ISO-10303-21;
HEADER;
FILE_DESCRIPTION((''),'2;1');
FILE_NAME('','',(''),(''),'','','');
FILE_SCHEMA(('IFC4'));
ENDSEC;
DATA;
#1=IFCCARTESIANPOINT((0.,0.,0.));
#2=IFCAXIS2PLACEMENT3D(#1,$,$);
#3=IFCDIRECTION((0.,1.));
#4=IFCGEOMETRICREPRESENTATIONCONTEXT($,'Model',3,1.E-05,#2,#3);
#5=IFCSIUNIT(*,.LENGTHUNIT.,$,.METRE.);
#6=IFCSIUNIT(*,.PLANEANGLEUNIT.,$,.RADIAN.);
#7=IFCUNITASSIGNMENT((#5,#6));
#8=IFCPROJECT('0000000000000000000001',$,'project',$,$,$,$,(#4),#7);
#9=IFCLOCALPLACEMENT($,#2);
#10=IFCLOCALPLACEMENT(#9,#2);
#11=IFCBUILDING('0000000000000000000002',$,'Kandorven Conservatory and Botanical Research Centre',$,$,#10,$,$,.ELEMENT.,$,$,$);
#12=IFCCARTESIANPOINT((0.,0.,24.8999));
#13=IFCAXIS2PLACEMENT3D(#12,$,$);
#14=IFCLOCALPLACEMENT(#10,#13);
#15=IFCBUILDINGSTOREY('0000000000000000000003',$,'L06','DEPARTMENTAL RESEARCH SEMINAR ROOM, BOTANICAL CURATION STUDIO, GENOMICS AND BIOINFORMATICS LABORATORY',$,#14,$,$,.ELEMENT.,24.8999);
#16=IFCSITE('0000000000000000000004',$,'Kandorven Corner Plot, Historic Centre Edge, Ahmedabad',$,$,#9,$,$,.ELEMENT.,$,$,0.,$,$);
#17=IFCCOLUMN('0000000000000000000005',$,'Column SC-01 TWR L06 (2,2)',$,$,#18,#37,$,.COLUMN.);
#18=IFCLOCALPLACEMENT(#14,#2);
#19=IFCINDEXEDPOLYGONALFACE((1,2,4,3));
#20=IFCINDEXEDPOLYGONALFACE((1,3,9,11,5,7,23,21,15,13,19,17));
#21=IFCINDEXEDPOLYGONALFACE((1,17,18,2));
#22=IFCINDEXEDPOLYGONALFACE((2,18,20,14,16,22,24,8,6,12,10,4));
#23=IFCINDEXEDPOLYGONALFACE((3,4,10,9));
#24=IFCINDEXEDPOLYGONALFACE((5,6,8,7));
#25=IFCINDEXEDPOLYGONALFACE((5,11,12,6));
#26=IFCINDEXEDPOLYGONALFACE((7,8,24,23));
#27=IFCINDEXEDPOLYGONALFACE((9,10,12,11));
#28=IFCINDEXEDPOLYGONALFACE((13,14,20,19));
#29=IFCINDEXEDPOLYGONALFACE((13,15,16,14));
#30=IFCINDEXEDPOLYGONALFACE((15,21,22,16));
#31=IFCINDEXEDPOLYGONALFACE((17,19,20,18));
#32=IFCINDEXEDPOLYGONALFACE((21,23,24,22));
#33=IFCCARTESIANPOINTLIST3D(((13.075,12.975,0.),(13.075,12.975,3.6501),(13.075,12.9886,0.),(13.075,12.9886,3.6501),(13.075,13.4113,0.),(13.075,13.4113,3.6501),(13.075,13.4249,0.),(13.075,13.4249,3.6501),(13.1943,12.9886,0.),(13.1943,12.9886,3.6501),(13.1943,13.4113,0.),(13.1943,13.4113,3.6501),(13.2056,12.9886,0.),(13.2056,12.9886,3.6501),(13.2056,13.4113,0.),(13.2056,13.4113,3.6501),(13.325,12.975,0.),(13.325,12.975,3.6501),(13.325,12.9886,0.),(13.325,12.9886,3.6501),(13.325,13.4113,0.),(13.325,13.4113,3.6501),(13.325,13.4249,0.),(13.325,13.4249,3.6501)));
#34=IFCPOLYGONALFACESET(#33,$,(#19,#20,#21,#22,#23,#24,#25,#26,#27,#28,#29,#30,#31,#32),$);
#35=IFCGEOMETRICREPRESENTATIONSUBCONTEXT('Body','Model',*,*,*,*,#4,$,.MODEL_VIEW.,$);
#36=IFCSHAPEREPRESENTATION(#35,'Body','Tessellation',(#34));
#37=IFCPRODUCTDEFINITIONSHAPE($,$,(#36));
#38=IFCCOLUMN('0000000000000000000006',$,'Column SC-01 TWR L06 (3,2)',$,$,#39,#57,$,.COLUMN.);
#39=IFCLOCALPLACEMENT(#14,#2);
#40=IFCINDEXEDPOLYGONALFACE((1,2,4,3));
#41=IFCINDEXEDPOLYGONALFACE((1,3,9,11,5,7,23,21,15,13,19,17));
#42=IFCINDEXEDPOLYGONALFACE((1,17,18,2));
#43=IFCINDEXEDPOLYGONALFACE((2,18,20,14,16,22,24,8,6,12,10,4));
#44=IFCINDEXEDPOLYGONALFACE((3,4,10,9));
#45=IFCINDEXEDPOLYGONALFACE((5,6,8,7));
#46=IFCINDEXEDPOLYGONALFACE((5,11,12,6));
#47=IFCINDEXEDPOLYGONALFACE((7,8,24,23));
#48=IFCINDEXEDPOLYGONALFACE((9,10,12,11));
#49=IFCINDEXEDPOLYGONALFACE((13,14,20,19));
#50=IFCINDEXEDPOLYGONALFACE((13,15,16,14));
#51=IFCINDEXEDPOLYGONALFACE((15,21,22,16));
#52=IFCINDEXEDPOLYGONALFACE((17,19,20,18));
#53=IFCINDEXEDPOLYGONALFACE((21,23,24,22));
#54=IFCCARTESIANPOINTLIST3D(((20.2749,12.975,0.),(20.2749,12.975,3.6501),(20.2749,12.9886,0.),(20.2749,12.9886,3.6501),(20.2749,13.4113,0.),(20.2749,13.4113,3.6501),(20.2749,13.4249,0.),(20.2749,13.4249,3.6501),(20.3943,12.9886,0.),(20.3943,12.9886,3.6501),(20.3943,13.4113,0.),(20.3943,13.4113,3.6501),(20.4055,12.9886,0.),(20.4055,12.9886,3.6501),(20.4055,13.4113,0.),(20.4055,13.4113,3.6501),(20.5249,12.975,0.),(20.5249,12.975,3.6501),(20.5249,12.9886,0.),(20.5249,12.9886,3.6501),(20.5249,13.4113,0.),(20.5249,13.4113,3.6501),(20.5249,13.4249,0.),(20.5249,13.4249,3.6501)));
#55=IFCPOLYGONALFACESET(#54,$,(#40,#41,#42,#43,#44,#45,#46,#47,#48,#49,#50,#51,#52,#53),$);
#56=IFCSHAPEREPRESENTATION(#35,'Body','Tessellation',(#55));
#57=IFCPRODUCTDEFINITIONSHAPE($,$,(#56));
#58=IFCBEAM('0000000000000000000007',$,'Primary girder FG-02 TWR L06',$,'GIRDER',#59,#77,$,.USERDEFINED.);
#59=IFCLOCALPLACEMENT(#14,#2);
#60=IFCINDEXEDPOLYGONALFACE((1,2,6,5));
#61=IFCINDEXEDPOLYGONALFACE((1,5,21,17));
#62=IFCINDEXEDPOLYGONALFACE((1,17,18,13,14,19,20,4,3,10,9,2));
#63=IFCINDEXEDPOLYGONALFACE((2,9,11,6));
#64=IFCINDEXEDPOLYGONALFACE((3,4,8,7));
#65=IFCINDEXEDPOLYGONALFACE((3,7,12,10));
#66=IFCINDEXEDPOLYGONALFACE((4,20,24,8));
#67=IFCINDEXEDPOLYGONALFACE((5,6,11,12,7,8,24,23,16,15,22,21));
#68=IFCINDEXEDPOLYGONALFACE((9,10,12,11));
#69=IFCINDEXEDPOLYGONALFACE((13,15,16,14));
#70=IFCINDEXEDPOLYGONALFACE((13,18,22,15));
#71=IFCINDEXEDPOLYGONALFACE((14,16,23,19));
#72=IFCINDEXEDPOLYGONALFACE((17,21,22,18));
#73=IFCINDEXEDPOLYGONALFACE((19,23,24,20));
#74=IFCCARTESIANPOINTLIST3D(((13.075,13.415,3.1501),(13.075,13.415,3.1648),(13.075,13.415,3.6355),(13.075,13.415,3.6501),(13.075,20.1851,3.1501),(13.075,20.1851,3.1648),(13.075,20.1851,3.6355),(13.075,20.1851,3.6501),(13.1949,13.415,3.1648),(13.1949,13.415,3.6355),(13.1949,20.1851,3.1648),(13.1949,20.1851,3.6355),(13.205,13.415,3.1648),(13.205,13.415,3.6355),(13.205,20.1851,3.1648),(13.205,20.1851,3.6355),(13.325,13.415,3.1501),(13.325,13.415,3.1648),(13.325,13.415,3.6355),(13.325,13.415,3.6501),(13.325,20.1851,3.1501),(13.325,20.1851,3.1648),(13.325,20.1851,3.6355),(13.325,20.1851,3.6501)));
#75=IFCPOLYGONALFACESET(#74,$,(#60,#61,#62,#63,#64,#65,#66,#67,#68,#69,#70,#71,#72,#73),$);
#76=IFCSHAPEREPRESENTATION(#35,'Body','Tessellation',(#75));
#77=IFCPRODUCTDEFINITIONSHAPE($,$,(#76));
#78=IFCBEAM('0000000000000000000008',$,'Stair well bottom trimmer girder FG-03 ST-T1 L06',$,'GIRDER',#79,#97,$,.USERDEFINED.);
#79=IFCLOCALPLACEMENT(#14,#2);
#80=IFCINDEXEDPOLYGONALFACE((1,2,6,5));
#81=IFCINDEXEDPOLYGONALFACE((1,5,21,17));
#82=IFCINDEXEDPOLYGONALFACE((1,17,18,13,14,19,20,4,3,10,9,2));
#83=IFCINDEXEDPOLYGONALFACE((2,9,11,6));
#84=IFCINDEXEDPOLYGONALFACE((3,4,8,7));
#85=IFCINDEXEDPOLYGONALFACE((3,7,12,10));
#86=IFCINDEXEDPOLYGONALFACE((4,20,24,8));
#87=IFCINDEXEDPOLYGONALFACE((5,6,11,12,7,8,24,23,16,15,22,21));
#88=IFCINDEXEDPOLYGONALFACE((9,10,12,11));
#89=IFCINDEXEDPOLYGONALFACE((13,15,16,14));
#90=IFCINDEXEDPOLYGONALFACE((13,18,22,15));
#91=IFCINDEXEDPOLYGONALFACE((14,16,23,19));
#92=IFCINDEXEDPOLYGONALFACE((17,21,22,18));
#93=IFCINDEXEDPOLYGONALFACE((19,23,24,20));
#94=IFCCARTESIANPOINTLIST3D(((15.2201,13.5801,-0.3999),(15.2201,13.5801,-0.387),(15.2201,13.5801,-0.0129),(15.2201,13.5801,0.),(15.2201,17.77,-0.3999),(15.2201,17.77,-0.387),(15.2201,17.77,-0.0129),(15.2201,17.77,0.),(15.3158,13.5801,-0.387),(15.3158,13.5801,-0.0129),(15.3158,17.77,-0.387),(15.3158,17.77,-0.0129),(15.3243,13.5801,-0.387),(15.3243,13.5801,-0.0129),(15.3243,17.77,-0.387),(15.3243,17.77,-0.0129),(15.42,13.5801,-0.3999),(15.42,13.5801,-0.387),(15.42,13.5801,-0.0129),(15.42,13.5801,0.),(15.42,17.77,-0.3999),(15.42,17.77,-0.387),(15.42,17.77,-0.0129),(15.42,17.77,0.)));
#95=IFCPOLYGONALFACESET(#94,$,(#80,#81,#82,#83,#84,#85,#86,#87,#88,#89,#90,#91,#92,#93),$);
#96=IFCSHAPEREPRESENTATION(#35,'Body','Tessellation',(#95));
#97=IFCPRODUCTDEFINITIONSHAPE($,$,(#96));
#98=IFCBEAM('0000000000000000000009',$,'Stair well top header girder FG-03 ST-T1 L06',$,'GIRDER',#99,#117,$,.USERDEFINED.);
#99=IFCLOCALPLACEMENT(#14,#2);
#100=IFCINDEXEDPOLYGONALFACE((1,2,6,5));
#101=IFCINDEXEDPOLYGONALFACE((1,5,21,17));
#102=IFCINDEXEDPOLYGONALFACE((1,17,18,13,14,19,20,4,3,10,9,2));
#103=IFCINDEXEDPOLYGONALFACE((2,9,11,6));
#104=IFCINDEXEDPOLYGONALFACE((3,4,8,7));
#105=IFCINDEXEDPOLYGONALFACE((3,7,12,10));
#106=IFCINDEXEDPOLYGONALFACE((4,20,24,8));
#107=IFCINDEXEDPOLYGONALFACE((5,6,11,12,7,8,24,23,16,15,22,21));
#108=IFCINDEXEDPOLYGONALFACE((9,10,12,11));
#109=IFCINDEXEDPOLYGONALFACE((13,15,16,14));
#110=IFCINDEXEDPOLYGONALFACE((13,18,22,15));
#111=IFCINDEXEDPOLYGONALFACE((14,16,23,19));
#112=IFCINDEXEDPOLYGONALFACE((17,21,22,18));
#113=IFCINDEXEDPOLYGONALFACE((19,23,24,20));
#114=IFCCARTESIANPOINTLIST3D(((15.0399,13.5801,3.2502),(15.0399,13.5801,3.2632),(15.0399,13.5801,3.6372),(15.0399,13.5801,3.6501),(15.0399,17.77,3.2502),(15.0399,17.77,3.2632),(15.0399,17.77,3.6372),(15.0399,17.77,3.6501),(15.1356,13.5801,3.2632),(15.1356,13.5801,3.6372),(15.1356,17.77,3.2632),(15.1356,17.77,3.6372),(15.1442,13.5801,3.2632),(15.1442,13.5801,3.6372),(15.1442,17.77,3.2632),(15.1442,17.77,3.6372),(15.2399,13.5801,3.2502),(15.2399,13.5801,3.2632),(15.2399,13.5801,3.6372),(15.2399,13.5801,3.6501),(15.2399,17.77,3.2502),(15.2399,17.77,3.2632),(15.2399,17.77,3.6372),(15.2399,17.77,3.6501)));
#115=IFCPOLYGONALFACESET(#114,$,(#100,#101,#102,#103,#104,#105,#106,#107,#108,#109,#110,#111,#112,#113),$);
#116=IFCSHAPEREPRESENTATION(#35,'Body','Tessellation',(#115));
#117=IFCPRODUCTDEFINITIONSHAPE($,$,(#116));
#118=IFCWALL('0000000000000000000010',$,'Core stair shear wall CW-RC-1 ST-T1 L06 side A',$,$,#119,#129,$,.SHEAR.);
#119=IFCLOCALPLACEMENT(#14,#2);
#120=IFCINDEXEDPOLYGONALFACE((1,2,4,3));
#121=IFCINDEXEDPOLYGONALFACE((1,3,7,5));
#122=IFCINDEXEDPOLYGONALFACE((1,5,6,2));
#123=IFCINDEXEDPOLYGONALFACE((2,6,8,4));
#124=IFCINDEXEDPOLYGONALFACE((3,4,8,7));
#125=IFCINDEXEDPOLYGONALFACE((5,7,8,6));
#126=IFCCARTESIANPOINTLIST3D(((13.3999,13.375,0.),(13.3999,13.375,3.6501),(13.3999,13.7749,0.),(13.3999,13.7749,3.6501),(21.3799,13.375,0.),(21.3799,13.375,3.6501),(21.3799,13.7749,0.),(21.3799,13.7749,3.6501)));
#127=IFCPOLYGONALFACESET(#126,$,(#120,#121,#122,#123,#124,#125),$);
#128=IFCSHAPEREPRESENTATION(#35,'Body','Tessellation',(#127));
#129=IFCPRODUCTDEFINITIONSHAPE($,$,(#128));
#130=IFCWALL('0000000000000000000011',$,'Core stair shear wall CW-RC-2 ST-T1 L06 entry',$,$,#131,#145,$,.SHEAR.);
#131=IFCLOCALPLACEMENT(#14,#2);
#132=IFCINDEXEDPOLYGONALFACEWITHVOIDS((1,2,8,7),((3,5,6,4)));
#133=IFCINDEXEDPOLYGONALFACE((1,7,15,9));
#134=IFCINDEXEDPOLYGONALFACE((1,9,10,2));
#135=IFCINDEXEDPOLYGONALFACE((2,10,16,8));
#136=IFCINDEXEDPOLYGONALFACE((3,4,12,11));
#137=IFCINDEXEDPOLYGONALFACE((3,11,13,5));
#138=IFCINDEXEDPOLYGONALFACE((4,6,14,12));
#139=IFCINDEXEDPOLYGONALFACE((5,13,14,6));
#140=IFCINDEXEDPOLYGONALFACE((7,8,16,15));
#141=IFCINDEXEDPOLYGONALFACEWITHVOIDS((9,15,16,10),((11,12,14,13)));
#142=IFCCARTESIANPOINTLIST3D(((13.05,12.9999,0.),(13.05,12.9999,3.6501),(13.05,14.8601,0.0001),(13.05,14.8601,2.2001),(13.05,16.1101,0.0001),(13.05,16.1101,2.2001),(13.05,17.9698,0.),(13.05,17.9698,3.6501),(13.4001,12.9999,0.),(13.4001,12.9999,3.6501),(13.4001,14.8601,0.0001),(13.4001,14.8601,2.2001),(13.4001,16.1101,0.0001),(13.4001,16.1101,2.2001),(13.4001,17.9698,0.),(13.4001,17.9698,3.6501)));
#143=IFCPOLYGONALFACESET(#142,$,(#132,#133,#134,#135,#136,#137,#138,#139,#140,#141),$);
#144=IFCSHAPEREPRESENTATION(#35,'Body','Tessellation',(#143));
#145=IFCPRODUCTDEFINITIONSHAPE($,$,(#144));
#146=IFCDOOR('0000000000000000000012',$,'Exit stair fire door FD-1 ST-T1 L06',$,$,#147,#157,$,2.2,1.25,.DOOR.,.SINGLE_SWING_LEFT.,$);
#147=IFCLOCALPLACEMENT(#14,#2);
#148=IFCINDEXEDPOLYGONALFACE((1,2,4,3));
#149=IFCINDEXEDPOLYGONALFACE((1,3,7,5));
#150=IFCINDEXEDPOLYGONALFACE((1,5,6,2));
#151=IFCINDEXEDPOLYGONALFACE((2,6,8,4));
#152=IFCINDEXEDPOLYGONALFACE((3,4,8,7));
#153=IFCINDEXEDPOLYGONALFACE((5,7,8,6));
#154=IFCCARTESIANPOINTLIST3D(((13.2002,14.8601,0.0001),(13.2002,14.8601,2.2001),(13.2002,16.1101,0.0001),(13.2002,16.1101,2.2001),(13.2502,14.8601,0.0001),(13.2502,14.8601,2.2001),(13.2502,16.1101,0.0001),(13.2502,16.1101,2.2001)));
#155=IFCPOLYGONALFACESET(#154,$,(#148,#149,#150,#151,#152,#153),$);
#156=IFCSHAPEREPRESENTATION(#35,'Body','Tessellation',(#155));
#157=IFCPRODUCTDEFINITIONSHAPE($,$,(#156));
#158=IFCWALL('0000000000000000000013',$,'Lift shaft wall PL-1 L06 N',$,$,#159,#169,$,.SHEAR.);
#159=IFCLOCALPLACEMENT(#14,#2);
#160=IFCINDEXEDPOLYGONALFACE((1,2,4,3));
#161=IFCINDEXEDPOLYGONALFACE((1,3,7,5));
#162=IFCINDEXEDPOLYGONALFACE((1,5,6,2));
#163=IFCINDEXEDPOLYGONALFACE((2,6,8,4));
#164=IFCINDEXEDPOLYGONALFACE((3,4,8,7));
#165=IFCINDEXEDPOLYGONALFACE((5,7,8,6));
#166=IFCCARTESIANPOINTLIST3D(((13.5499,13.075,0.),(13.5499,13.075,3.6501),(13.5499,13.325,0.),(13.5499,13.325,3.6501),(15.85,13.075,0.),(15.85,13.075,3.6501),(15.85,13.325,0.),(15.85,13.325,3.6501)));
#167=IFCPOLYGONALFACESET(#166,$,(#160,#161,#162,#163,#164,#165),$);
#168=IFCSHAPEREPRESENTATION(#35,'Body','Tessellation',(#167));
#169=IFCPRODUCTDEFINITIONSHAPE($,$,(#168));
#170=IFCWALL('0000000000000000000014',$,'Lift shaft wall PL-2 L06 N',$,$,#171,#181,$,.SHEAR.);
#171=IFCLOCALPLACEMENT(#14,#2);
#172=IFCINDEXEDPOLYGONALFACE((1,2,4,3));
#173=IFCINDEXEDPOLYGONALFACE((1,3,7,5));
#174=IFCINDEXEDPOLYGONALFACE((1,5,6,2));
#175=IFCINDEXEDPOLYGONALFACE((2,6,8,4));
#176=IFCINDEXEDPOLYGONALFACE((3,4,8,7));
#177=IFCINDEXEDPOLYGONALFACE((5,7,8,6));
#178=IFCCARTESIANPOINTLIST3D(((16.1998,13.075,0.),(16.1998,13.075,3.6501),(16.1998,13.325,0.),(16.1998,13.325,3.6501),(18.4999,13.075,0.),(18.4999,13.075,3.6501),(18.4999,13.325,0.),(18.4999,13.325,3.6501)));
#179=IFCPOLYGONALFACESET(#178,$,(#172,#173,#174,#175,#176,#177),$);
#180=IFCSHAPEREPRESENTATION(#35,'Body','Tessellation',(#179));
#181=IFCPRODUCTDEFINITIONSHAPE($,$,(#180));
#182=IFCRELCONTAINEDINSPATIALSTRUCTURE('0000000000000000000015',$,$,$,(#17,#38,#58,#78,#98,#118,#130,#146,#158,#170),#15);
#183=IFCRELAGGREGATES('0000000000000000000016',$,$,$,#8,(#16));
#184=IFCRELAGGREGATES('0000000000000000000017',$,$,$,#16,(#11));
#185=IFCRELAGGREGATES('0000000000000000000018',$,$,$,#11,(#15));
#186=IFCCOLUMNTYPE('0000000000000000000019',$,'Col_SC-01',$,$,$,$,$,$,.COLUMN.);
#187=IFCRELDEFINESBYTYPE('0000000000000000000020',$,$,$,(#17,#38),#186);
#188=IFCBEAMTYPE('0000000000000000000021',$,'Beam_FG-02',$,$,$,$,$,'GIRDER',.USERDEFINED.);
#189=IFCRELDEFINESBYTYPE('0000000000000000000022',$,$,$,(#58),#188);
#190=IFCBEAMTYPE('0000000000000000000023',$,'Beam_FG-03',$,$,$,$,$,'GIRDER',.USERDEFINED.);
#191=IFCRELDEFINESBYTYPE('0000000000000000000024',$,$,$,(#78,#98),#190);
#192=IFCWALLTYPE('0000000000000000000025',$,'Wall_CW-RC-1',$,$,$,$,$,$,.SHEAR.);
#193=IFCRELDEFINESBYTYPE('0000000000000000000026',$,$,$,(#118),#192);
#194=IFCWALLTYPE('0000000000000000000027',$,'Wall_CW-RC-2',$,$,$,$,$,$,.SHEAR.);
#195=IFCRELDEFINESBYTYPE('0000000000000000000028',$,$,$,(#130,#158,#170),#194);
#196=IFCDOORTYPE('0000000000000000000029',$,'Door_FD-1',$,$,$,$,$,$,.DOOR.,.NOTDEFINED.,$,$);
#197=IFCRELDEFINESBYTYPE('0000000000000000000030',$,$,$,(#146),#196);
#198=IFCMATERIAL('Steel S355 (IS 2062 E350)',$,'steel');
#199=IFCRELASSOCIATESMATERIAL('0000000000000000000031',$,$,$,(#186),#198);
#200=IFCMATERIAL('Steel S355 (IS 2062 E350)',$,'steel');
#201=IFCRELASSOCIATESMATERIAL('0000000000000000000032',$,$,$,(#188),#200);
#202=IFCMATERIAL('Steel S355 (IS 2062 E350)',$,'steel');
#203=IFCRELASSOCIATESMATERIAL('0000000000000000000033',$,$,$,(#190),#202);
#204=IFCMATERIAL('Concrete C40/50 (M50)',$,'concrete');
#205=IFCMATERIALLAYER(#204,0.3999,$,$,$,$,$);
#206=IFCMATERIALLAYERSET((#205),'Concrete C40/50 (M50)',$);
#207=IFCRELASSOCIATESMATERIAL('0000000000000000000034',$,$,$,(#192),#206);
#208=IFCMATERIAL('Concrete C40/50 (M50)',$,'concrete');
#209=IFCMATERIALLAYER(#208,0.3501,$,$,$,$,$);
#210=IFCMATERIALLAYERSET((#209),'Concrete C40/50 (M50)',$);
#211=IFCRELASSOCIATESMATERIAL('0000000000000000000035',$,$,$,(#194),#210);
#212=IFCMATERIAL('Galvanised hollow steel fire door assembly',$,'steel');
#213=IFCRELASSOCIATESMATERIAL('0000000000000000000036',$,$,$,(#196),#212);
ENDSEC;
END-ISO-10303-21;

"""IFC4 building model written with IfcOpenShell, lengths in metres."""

from ifc_helpers import new_model, si_unit, direction, frame, frame_2d, origin, origin_2d, place, context, subcontext, project, spatial, rectangle, i_section, extrude, material, layer, layer_set, material_profile, profile_set, type_object, element, fill, save


model = new_model("IFC4")

# Units and contexts
model_context = context("Model", 3, precision=1e-05, world=origin(), true_north=direction((0.0, 1.0)))
body_context = subcontext(model_context, "Body", "Model", "MODEL_VIEW")
ifc_project = project(units=[si_unit("LENGTHUNIT", "METRE"), si_unit("PLANEANGLEUNIT", "RADIAN")], contexts=[model_context])

# Site, building, storey
site_placement = place(None, origin())
site = spatial("IfcSite", under=ifc_project, at=site_placement, Name="Kandorven Corner Plot, Historic Centre Edge, Ahmedabad", CompositionType="ELEMENT", RefElevation=0.0)
building_placement = place(site_placement, origin())
building = spatial("IfcBuilding", under=site, at=building_placement, Name="Kandorven Conservatory and Botanical Research Centre", CompositionType="ELEMENT")
storey_placement = place(building_placement, frame((0.0, 0.0, 24.8999)))
storey = spatial("IfcBuildingStorey", under=building, at=storey_placement, Name="L06", Description="DEPARTMENTAL RESEARCH SEMINAR ROOM, BOTANICAL CURATION STUDIO, GENOMICS AND BIOINFORMATICS LABORATORY", CompositionType="ELEMENT", Elevation=24.8999)

# Columns
ifc_material_1 = material(Name="Steel S355 (IS 2062 E350)", Category="steel")
ifc_material_profile_1 = material_profile(ifc_material_1, i_section(OverallWidth=0.25, OverallDepth=0.45, WebThickness=0.0112, FlangeThickness=0.0137, at=origin_2d()))
ifc_profile_set_1 = profile_set([ifc_material_profile_1], Name="Steel S355 (IS 2062 E350)")
column_type = type_object("IfcColumnType", Name="Col_SC-01", PredefinedType="COLUMN", material=ifc_profile_set_1)
for number, where, z_axis, x_axis, name in (
    (1, (13.2, 13.2, 0.0), (0.0, 0.0, 1.0), (1.0, 0.0, 0.0), "Column SC-01 TWR L06 (2,2)"),
    (2, (20.3999, 13.2, 0.0), (0.0, 0.0, 1.0), (1.0, 0.0, 0.0), "Column SC-01 TWR L06 (3,2)"),
):
    element("IfcColumn", number, at=place(storey_placement, frame(where, z_axis=z_axis, x_axis=x_axis)), inside=storey, type_object=column_type, Name=name, PredefinedType="COLUMN", context=body_context, shape_type="SweptSolid", body=[
        extrude(i_section(OverallWidth=0.25, OverallDepth=0.45, WebThickness=0.0112, FlangeThickness=0.0137, at=origin_2d()), origin(), (0.0, 0.0, 1.0), 3.6501),
    ])

# Beams
ifc_material_2 = material(Name="Steel S355 (IS 2062 E350)", Category="steel")
ifc_material_profile_2 = material_profile(ifc_material_2, i_section(OverallWidth=0.25, OverallDepth=0.5, WebThickness=0.01, FlangeThickness=0.0146, at=origin_2d()))
ifc_profile_set_2 = profile_set([ifc_material_profile_2], Name="Steel S355 (IS 2062 E350)")
beam_type_1 = type_object("IfcBeamType", Name="Beam_FG-02", ElementType="GIRDER", PredefinedType="USERDEFINED", material=ifc_profile_set_2)
beam_placement = place(storey_placement, frame((13.2, 13.415, 3.4001), z_axis=(0.0, 1.0, 0.0), x_axis=(-1.0, 0.0, 0.0)))
element("IfcBeam", 3, at=beam_placement, inside=storey, type_object=beam_type_1, Name="Primary girder FG-02 TWR L06", ObjectType="GIRDER", PredefinedType="USERDEFINED", context=body_context, shape_type="SweptSolid", body=[
    extrude(i_section(OverallWidth=0.25, OverallDepth=0.5, WebThickness=0.01, FlangeThickness=0.0146, at=origin_2d()), origin(), (0.0, 0.0, 1.0), 6.77),
])
ifc_material_3 = material(Name="Steel S355 (IS 2062 E350)", Category="steel")
ifc_material_profile_3 = material_profile(ifc_material_3, i_section(OverallWidth=0.2, OverallDepth=0.3999, WebThickness=0.0085, FlangeThickness=0.0129, at=origin_2d()))
ifc_profile_set_3 = profile_set([ifc_material_profile_3], Name="Steel S355 (IS 2062 E350)")
beam_type_2 = type_object("IfcBeamType", Name="Beam_FG-03", ElementType="GIRDER", PredefinedType="USERDEFINED", material=ifc_profile_set_3)
for number, where, z_axis, x_axis, name in (
    (4, (15.3201, 13.5801, -0.2), (0.0, 1.0, 0.0), (-1.0, 0.0, 0.0), "Stair well bottom trimmer girder FG-03 ST-T1 L06"),
    (5, (15.1399, 13.5801, 3.4502), (0.0, 1.0, 0.0), (-1.0, 0.0, 0.0), "Stair well top header girder FG-03 ST-T1 L06"),
):
    element("IfcBeam", number, at=place(storey_placement, frame(where, z_axis=z_axis, x_axis=x_axis)), inside=storey, type_object=beam_type_2, Name=name, ObjectType="GIRDER", PredefinedType="USERDEFINED", context=body_context, shape_type="SweptSolid", body=[
        extrude(i_section(OverallWidth=0.2, OverallDepth=0.3999, WebThickness=0.0085, FlangeThickness=0.0129, at=origin_2d()), origin(), (0.0, 0.0, 1.0), 4.1899),
    ])

# Wall
ifc_material_4 = material(Name="Concrete C40/50 (M50)", Category="concrete")
ifc_layer_1 = layer(ifc_material_4, 0.3999)
ifc_layer_set_1 = layer_set([ifc_layer_1], Name="Concrete C40/50 (M50)")
wall_type_1 = type_object("IfcWallType", Name="Wall_CW-RC-1", PredefinedType="SHEAR", material=ifc_layer_set_1)
wall_1_placement = place(storey_placement, frame((13.3999, 13.575, 0.0), z_axis=(0.0, 0.0, 1.0), x_axis=(1.0, 0.0, 0.0)))
element("IfcWall", 6, at=wall_1_placement, inside=storey, type_object=wall_type_1, Name="Core stair shear wall CW-RC-1 ST-T1 L06 side A", PredefinedType="SHEAR", context=body_context, shape_type="SweptSolid", body=[
    extrude(rectangle(XDim=7.98, YDim=0.3999, at=frame_2d((3.99, 0.0))), origin(), (0.0, 0.0, 1.0), 3.6501),
])

# Wall, opening, door
ifc_material_5 = material(Name="Concrete C40/50 (M50)", Category="concrete")
ifc_layer_2 = layer(ifc_material_5, 0.3501)
ifc_layer_set_2 = layer_set([ifc_layer_2], Name="Concrete C40/50 (M50)")
wall_type_2 = type_object("IfcWallType", Name="Wall_CW-RC-2", PredefinedType="SHEAR", material=ifc_layer_set_2)
wall_2_placement = place(storey_placement, frame((13.2251, 13.0, 0.0), z_axis=(0.0, 0.0, 1.0), x_axis=(0.0, 1.0, 0.0)))
wall_2 = element("IfcWall", 7, at=wall_2_placement, inside=storey, type_object=wall_type_2, Name="Core stair shear wall CW-RC-2 ST-T1 L06 entry", PredefinedType="SHEAR", context=body_context, shape_type="SweptSolid", body=[
    extrude(rectangle(XDim=4.97, YDim=0.3501, at=frame_2d((2.4849, 0.0))), origin(), (0.0, 0.0, 1.0), 3.6501),
])
opening_placement = place(wall_2_placement, frame((1.8601, 0.0, 0.0)))
opening = element("IfcOpeningElement", 8, at=opening_placement, cuts=wall_2, PredefinedType="OPENING", context=body_context, shape_type="SweptSolid", body=[
    extrude(rectangle(XDim=1.25, YDim=2.2, at=frame_2d((0.625, 1.1001))), frame((0.0, 0.1851, 0.0), z_axis=(0.0, -1.0, 0.0), x_axis=(1.0, 0.0, 0.0)), (0.0, 0.0, 1.0), 0.3701),
])
ifc_material_6 = material(Name="Galvanised hollow steel fire door assembly", Category="steel")
door_type = type_object("IfcDoorType", Name="Door_FD-1", OperationType="NOTDEFINED", PredefinedType="DOOR", material=ifc_material_6)
door_placement = place(opening_placement, origin())
door = element("IfcDoor", 9, at=door_placement, inside=storey, type_object=door_type, Name="Exit stair fire door FD-1 ST-T1 L06", OperationType="SINGLE_SWING_LEFT", OverallHeight=2.2, OverallWidth=1.25, PredefinedType="DOOR", context=body_context, shape_type="SweptSolid", body=[
    extrude(rectangle(XDim=1.25, YDim=2.2, at=frame_2d((0.625, 1.1001))), frame((0.0, 0.0249, 0.0), z_axis=(0.0, -1.0, 0.0), x_axis=(1.0, 0.0, 0.0)), (0.0, 0.0, 1.0), 0.05),
])
fill(opening, door)

# Walls
for number, where, z_axis, x_axis, name in (
    (10, (13.55, 13.2, 0.0), (0.0, 0.0, 1.0), (1.0, 0.0, 0.0), "Lift shaft wall PL-1 L06 N"),
    (11, (16.2, 13.2, 0.0), (0.0, 0.0, 1.0), (1.0, 0.0, 0.0), "Lift shaft wall PL-2 L06 N"),
):
    element("IfcWall", number, at=place(storey_placement, frame(where, z_axis=z_axis, x_axis=x_axis)), inside=storey, type_object=wall_type_2, Name=name, PredefinedType="SHEAR", context=body_context, shape_type="SweptSolid", body=[
        extrude(rectangle(XDim=2.3, YDim=0.25, at=frame_2d((1.1499, 0.0))), origin(), (0.0, 0.0, 1.0), 3.6501),
    ])

save(model, "model.ifc")
